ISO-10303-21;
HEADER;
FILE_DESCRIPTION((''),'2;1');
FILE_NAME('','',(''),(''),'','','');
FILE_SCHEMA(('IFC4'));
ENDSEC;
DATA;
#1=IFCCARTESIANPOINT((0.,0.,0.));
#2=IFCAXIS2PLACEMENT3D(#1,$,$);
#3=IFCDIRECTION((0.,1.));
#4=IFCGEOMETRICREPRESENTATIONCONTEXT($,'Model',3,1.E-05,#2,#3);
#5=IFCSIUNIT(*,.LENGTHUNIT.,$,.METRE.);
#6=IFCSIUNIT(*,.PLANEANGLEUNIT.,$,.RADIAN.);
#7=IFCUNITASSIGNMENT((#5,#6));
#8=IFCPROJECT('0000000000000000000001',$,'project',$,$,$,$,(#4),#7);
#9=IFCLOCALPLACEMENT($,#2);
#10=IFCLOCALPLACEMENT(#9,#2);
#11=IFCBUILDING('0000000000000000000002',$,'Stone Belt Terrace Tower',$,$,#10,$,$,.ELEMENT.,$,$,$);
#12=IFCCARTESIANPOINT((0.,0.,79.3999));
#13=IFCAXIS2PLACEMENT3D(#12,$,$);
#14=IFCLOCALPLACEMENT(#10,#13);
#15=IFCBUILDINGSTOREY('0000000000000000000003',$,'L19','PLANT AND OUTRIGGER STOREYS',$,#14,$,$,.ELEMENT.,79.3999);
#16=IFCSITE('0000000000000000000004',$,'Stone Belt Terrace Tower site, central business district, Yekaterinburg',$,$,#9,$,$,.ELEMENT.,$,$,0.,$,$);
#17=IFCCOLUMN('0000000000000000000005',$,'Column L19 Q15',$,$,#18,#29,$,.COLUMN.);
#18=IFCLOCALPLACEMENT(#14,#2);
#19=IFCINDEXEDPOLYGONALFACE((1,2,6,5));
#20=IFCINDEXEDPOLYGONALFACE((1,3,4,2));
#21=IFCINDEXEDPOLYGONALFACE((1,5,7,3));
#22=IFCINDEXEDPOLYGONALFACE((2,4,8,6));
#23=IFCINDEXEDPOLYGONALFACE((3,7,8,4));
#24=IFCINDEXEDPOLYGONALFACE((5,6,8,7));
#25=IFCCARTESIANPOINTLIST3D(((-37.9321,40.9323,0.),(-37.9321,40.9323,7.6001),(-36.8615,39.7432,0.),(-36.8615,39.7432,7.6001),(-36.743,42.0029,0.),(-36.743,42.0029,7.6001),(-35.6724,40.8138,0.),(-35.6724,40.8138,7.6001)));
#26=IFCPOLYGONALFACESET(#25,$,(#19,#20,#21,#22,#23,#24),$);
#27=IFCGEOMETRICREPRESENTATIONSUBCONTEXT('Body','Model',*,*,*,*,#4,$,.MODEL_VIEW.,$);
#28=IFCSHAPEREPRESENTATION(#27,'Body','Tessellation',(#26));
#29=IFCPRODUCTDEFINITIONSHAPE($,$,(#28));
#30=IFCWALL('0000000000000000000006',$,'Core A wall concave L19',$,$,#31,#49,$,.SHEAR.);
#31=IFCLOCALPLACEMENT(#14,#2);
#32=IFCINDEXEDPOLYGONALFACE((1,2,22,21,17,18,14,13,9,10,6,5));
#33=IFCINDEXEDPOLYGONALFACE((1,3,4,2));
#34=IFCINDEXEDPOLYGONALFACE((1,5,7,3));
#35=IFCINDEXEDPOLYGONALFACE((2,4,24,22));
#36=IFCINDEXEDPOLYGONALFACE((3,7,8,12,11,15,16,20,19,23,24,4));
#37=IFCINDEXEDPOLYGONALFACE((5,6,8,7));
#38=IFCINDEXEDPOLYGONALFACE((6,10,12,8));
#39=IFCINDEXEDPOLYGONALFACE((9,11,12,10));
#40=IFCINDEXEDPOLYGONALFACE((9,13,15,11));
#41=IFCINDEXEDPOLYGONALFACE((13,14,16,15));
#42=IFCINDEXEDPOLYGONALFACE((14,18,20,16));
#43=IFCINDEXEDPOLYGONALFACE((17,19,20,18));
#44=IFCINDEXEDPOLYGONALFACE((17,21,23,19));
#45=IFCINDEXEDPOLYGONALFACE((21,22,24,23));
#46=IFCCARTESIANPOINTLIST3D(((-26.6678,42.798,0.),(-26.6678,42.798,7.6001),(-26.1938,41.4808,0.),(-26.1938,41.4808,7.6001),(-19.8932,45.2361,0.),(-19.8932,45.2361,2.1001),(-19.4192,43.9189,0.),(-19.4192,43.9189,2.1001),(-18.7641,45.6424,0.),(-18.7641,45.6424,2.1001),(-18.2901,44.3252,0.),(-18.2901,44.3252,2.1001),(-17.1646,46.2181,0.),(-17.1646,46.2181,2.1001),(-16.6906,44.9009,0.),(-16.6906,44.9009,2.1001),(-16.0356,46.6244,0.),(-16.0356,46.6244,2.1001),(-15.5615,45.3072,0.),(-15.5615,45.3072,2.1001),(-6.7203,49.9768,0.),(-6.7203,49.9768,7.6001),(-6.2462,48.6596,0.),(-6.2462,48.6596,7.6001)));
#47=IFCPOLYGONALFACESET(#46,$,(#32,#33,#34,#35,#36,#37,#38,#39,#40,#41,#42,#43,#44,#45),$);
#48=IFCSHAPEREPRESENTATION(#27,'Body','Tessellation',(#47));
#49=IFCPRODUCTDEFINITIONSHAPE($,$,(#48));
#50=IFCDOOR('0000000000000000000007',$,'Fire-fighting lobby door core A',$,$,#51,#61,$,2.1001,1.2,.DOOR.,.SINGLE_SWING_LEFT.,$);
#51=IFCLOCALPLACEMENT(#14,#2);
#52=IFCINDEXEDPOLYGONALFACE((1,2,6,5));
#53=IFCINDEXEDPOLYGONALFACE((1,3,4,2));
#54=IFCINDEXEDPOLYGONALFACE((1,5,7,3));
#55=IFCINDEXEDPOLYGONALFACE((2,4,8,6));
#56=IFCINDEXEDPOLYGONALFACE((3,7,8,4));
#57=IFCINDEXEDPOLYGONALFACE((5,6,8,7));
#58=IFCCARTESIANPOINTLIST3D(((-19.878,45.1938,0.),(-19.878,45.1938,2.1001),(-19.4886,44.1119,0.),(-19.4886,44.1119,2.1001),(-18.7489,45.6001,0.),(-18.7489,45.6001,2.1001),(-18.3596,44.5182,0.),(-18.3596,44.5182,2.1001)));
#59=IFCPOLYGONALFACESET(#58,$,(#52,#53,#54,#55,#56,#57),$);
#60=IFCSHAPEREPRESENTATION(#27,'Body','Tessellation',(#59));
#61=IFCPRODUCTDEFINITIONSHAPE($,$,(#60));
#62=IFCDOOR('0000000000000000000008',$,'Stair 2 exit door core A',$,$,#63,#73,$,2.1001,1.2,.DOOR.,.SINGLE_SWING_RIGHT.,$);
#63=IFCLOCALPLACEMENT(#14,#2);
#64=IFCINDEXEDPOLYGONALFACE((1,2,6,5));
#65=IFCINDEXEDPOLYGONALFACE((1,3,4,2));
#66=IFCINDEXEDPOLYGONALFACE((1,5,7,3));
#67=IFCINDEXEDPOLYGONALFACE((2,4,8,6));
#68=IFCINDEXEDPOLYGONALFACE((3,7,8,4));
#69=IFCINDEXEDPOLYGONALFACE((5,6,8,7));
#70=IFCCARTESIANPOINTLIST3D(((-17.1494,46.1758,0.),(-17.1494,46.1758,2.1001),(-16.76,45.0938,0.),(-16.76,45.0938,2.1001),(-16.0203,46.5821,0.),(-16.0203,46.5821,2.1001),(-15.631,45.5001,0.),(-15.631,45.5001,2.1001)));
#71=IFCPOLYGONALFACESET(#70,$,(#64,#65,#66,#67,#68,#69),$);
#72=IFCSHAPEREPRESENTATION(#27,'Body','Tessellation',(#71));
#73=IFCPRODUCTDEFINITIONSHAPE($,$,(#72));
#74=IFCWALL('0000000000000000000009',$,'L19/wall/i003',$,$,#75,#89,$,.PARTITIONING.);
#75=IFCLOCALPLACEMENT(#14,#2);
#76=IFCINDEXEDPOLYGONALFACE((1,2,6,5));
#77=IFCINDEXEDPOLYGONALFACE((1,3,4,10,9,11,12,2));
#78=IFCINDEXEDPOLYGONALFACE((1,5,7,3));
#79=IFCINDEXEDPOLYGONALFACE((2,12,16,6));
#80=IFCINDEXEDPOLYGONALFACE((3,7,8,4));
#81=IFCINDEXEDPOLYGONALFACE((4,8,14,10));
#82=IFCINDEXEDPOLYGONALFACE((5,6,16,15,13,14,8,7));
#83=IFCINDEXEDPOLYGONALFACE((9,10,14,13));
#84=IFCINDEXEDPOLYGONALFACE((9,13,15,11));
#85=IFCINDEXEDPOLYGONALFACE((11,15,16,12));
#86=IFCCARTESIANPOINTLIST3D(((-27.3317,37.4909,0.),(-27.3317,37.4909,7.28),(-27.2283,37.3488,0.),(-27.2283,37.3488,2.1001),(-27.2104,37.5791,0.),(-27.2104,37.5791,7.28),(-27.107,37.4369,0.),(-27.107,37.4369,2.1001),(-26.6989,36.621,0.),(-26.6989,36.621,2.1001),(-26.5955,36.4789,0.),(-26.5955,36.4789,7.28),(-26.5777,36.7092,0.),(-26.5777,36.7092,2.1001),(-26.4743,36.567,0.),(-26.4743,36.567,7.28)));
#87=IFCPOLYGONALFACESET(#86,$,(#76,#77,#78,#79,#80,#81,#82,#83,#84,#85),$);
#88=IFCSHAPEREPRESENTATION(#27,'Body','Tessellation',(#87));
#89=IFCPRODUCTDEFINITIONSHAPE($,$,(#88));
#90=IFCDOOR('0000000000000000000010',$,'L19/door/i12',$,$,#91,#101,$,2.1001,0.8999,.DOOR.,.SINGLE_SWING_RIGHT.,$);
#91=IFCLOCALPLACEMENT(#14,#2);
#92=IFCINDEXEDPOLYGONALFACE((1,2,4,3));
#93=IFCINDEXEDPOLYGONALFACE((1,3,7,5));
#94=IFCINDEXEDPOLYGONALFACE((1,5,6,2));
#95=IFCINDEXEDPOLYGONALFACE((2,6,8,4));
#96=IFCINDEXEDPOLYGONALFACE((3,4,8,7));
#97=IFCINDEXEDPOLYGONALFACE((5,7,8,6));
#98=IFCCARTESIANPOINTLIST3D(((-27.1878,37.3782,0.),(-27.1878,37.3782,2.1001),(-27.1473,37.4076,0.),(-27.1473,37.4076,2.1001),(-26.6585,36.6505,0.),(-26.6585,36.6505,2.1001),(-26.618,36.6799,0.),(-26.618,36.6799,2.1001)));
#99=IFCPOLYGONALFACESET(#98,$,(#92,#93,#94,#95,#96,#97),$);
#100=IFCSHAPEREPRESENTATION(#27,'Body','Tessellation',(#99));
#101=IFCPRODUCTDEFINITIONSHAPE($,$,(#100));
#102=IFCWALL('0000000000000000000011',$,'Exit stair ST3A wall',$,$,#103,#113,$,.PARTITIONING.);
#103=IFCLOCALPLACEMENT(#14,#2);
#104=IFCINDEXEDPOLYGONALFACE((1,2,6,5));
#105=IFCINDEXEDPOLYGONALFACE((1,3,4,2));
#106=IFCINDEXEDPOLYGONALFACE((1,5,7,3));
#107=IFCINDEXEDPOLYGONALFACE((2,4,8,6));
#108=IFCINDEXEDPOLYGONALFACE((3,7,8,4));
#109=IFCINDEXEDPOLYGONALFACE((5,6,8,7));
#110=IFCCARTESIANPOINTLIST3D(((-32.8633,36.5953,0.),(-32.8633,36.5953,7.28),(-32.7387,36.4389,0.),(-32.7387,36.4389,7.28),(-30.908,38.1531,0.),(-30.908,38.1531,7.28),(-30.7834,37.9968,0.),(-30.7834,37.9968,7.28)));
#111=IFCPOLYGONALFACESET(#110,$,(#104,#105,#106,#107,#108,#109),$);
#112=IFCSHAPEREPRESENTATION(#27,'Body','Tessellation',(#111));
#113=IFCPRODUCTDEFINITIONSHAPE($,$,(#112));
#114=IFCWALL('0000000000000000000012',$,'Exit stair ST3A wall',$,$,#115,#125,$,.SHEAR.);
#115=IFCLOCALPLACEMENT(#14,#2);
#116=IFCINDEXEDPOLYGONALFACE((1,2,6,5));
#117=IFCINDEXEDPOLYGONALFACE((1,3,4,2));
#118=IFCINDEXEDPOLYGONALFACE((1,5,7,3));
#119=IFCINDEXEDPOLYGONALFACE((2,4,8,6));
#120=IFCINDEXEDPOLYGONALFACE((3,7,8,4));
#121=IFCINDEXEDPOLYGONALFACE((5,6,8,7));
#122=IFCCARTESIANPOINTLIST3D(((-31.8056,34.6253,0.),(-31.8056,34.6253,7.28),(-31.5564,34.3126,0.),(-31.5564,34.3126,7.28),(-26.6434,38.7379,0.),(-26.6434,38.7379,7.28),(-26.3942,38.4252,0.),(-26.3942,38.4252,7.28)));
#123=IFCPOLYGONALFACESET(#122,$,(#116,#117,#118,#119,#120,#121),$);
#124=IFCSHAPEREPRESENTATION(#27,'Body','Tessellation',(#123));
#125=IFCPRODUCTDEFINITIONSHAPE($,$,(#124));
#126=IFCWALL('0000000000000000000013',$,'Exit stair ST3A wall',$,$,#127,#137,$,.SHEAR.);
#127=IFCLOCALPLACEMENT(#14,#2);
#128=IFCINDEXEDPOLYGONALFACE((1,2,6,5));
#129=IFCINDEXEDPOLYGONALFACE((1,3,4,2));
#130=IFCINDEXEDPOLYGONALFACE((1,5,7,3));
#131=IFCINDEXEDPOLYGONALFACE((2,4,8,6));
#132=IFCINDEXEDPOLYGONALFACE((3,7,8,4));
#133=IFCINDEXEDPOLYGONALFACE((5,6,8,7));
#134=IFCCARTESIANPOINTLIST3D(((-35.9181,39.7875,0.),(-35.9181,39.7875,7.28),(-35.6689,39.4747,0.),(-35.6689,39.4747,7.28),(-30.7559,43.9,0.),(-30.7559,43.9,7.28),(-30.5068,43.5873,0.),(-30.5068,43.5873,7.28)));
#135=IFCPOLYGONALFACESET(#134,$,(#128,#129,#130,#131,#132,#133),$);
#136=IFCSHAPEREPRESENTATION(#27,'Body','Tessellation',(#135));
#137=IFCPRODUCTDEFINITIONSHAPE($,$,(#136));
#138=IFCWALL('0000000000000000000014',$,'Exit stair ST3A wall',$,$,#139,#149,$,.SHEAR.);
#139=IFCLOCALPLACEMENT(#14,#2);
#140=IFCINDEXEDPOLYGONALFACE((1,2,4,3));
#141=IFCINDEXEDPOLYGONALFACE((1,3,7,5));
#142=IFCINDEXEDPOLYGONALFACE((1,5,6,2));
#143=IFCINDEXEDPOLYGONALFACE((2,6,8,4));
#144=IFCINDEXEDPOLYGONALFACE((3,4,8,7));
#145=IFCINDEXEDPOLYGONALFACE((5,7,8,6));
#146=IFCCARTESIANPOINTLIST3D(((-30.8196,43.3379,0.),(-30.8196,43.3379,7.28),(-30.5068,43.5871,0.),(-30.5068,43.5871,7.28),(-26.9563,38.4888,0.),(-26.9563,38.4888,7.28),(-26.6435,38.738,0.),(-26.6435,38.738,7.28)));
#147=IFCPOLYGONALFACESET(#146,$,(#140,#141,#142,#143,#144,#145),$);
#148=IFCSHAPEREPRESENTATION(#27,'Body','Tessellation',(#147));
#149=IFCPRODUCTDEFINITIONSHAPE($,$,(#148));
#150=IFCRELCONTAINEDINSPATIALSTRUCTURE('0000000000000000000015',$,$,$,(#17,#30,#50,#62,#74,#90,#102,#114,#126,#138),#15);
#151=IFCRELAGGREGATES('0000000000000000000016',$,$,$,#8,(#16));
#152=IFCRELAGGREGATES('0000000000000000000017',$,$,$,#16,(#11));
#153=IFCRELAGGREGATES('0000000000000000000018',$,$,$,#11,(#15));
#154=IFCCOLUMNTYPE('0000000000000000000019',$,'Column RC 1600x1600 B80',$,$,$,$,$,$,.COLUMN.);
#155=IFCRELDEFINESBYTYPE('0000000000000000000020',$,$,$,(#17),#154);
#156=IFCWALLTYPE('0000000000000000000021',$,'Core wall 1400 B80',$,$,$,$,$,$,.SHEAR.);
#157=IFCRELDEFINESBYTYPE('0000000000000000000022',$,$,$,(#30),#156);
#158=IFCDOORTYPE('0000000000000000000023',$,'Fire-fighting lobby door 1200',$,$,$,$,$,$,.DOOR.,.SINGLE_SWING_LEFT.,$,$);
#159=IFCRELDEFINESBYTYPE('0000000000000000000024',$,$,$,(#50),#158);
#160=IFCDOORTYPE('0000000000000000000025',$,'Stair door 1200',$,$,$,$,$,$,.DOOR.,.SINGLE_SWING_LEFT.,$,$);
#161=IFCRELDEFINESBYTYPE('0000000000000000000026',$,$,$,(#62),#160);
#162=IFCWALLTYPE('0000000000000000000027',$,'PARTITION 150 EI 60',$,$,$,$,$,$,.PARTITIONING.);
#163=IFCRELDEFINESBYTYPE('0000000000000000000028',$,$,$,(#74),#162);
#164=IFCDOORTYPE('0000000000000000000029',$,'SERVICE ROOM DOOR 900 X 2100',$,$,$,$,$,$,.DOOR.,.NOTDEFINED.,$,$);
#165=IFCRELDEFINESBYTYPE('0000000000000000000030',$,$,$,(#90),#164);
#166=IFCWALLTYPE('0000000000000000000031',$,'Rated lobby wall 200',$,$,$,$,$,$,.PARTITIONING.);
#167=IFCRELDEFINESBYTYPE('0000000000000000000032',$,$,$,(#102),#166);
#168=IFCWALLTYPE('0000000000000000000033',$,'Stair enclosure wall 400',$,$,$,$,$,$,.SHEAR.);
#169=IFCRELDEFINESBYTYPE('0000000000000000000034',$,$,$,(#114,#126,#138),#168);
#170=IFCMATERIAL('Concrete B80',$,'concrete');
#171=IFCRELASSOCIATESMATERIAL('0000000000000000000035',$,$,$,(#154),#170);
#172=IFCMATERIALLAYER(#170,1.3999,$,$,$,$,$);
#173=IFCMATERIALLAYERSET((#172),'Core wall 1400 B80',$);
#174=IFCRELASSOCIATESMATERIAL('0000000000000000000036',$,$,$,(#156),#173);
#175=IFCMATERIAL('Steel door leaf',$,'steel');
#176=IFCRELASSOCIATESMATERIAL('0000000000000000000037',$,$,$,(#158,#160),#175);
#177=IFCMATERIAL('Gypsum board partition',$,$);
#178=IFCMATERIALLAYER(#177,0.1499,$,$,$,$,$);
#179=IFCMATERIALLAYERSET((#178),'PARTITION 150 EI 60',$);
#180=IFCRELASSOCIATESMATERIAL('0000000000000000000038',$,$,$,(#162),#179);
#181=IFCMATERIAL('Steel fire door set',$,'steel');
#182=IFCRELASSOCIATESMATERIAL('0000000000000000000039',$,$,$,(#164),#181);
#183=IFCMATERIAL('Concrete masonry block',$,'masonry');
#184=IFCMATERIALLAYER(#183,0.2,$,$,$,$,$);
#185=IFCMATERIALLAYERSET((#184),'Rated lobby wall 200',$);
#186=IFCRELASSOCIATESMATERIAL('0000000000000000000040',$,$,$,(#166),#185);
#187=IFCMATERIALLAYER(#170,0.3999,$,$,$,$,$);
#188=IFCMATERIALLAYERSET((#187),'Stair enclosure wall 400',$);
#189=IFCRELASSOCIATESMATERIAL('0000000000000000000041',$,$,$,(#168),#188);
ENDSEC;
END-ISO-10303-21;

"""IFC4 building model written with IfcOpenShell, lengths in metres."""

from ifc_helpers import new_model, si_unit, direction, frame, frame_2d, origin, origin_2d, place, context, subcontext, project, spatial, rectangle, extrude, material, layer, layer_set, material_profile, profile_set, type_object, element, fill, save


model = new_model("IFC4")

# Units and contexts
model_context = context("Model", 3, precision=1e-05, world=origin(), true_north=direction((0.0, 1.0)))
body_context = subcontext(model_context, "Body", "Model", "MODEL_VIEW")
ifc_project = project(units=[si_unit("LENGTHUNIT", "METRE"), si_unit("PLANEANGLEUNIT", "RADIAN")], contexts=[model_context])

# Site, building, storey
site_placement = place(None, origin())
site = spatial("IfcSite", under=ifc_project, at=site_placement, Name="Stone Belt Terrace Tower site, central business district, Yekaterinburg", CompositionType="ELEMENT", RefElevation=0.0)
building_placement = place(site_placement, origin())
building = spatial("IfcBuilding", under=site, at=building_placement, Name="Stone Belt Terrace Tower", CompositionType="ELEMENT")
storey_placement = place(building_placement, frame((0.0, 0.0, 79.3999)))
storey = spatial("IfcBuildingStorey", under=building, at=storey_placement, Name="L19", Description="PLANT AND OUTRIGGER STOREYS", CompositionType="ELEMENT", Elevation=79.3999)

# Column
ifc_material_1 = material(Name="Concrete B80", Category="concrete")
ifc_material_profile = material_profile(ifc_material_1, rectangle(XDim=1.6001, YDim=1.6001, at=origin_2d()), Name="RC 1600x1600")
ifc_profile_set = profile_set([ifc_material_profile], Name="Concrete B80")
column_type = type_object("IfcColumnType", Name="Column RC 1600x1600 B80", PredefinedType="COLUMN", material=ifc_profile_set)
column_placement = place(storey_placement, frame((-36.8022, 40.873, 0.0), z_axis=(0.0, 0.0, 1.0), x_axis=(0.743145, 0.669131, 0.0)))
element("IfcColumn", 1, at=column_placement, inside=storey, type_object=column_type, Name="Column L19 Q15", PredefinedType="COLUMN", context=body_context, shape_type="SweptSolid", body=[
    extrude(rectangle(XDim=1.6001, YDim=1.6001, at=origin_2d()), origin(), (0.0, 0.0, 1.0), 7.6001),
])

# Wall, openings, doors
ifc_layer_1 = layer(ifc_material_1, 1.3999)
ifc_layer_set_1 = layer_set([ifc_layer_1], Name="Core wall 1400 B80")
wall_type_1 = type_object("IfcWallType", Name="Core wall 1400 B80", PredefinedType="SHEAR", material=ifc_layer_set_1)
wall_1_placement = place(storey_placement, frame((-26.4309, 42.1394, 0.0), z_axis=(0.0, 0.0, 1.0), x_axis=(0.940923, 0.33862, 0.0)))
wall_1 = element("IfcWall", 2, at=wall_1_placement, inside=storey, type_object=wall_type_1, Name="Core A wall concave L19", PredefinedType="SHEAR", context=body_context, shape_type="SweptSolid", body=[
    extrude(rectangle(XDim=21.2, YDim=1.3999, at=frame_2d((10.6001, 0.0))), origin(), (0.0, 0.0, 1.0), 7.6001),
])
opening_1_placement = place(wall_1_placement, frame((7.2, 0.0, 0.0)))
opening_1 = element("IfcOpeningElement", 3, at=opening_1_placement, cuts=wall_1, PredefinedType="OPENING", context=body_context, shape_type="SweptSolid", body=[
    extrude(rectangle(XDim=1.2, YDim=2.1001, at=frame_2d((0.6001, 1.05))), frame((0.0, 0.71, 0.0), z_axis=(0.0, -1.0, 0.0), x_axis=(1.0, 0.0, 0.0)), (0.0, 0.0, 1.0), 1.4199),
])
opening_2_placement = place(wall_1_placement, frame((10.0999, 0.0, 0.0)))
opening_2 = element("IfcOpeningElement", 4, at=opening_2_placement, cuts=wall_1, PredefinedType="OPENING", context=body_context, shape_type="SweptSolid", body=[
    extrude(rectangle(XDim=1.2, YDim=2.1001, at=frame_2d((0.6001, 1.05))), frame((0.0, 0.71, 0.0), z_axis=(0.0, -1.0, 0.0), x_axis=(1.0, 0.0, 0.0)), (0.0, 0.0, 1.0), 1.4199),
])
ifc_material_2 = material(Name="Steel door leaf", Category="steel")
door_type_1 = type_object("IfcDoorType", Name="Fire-fighting lobby door 1200", OperationType="SINGLE_SWING_LEFT", PredefinedType="DOOR", material=ifc_material_2)
door_1_placement = place(opening_1_placement, origin())
door_1 = element("IfcDoor", 5, at=door_1_placement, inside=storey, type_object=door_type_1, Name="Fire-fighting lobby door core A", OperationType="SINGLE_SWING_LEFT", OverallHeight=2.1001, OverallWidth=1.2, PredefinedType="DOOR", context=body_context, shape_type="SweptSolid", body=[
    extrude(rectangle(XDim=1.2, YDim=2.1001, at=frame_2d((0.6001, 1.05))), frame((0.0, 0.655, 0.0), z_axis=(0.0, -1.0, 0.0), x_axis=(1.0, 0.0, 0.0)), (0.0, 0.0, 1.0), 1.1499),
])
fill(opening_1, door_1)
door_type_2 = type_object("IfcDoorType", Name="Stair door 1200", OperationType="SINGLE_SWING_LEFT", PredefinedType="DOOR", material=ifc_material_2)
door_2_placement = place(opening_2_placement, origin())
door_2 = element("IfcDoor", 6, at=door_2_placement, inside=storey, type_object=door_type_2, Name="Stair 2 exit door core A", OperationType="SINGLE_SWING_RIGHT", OverallHeight=2.1001, OverallWidth=1.2, PredefinedType="DOOR", context=body_context, shape_type="SweptSolid", body=[
    extrude(rectangle(XDim=1.2, YDim=2.1001, at=frame_2d((0.6001, 1.05))), frame((0.0, 0.655, 0.0), z_axis=(0.0, -1.0, 0.0), x_axis=(1.0, 0.0, 0.0)), (0.0, 0.0, 1.0), 1.1499),
])
fill(opening_2, door_2)

# Wall, opening, door
ifc_material_3 = material(Name="Gypsum board partition")
ifc_layer_2 = layer(ifc_material_3, 0.1499)
ifc_layer_set_2 = layer_set([ifc_layer_2], Name="PARTITION 150 EI 60")
wall_type_2 = type_object("IfcWallType", Name="PARTITION 150 EI 60", PredefinedType="PARTITIONING", material=ifc_layer_set_2)
wall_2_placement = place(storey_placement, frame((-26.5349, 36.5229, 0.0), z_axis=(0.0, 0.0, 1.0), x_axis=(-0.58823, 0.808694, 0.0)))
wall_2 = element("IfcWall", 7, at=wall_2_placement, inside=storey, type_object=wall_type_2, Name="L19/wall/i003", PredefinedType="PARTITIONING", context=body_context, shape_type="SweptSolid", body=[
    extrude(rectangle(XDim=1.2515, YDim=0.1499, at=frame_2d((0.6257, 0.0))), origin(), (0.0, 0.0, 1.0), 7.28),
])
opening_3_placement = place(wall_2_placement, frame((0.1758, 0.0, 0.0)))
opening_3 = element("IfcOpeningElement", 8, at=opening_3_placement, cuts=wall_2, PredefinedType="OPENING", context=body_context, shape_type="SweptSolid", body=[
    extrude(rectangle(XDim=0.8999, YDim=2.1001, at=frame_2d((0.45, 1.05))), frame((0.0, 0.085, 0.0), z_axis=(0.0, -1.0, 0.0), x_axis=(1.0, 0.0, 0.0)), (0.0, 0.0, 1.0), 0.1699),
])
ifc_material_4 = material(Name="Steel fire door set", Category="steel")
door_type_3 = type_object("IfcDoorType", Name="SERVICE ROOM DOOR 900 X 2100", OperationType="NOTDEFINED", PredefinedType="DOOR", material=ifc_material_4)
door_3_placement = place(opening_3_placement, origin())
door_3 = element("IfcDoor", 9, at=door_3_placement, inside=storey, type_object=door_type_3, Name="L19/door/i12", OperationType="SINGLE_SWING_RIGHT", OverallHeight=2.1001, OverallWidth=0.8999, PredefinedType="DOOR", context=body_context, shape_type="SweptSolid", body=[
    extrude(rectangle(XDim=0.8999, YDim=2.1001, at=frame_2d((0.45, 1.05))), frame((0.0, 0.0249, 0.0), z_axis=(0.0, -1.0, 0.0), x_axis=(1.0, 0.0, 0.0)), (0.0, 0.0, 1.0), 0.05),
])
fill(opening_3, door_3)

# Walls
ifc_material_5 = material(Name="Concrete masonry block", Category="masonry")
ifc_layer_3 = layer(ifc_material_5, 0.2)
ifc_layer_set_3 = layer_set([ifc_layer_3], Name="Rated lobby wall 200")
wall_type_3 = type_object("IfcWallType", Name="Rated lobby wall 200", PredefinedType="PARTITIONING", material=ifc_layer_set_3)
wall_3_placement = place(storey_placement, frame((-30.8457, 38.075, 0.0), z_axis=(0.0, 0.0, 1.0), x_axis=(-0.782115, -0.623134, 0.0)))
element("IfcWall", 10, at=wall_3_placement, inside=storey, type_object=wall_type_3, Name="Exit stair ST3A wall", PredefinedType="PARTITIONING", context=body_context, shape_type="SweptSolid", body=[
    extrude(rectangle(XDim=2.5, YDim=0.2, at=frame_2d((1.25, 0.0))), origin(), (0.0, 0.0, 1.0), 7.28),
])
ifc_layer_4 = layer(ifc_material_1, 0.3999)
ifc_layer_set_4 = layer_set([ifc_layer_4], Name="Stair enclosure wall 400")
wall_type_4 = type_object("IfcWallType", Name="Stair enclosure wall 400", PredefinedType="SHEAR", material=ifc_layer_set_4)
for number, where, z_axis, x_axis, name in (
    (11, (-26.5188, 38.5815, 0.0), (0.0, 0.0, 1.0), (-0.782134, -0.62311, 0.0), "Exit stair ST3A wall"),
    (12, (-30.6313, 43.7437, 0.0), (0.0, 0.0, 1.0), (-0.782134, -0.62311, 0.0), "Exit stair ST3A wall"),
):
    element("IfcWall", number, at=place(storey_placement, frame(where, z_axis=z_axis, x_axis=x_axis)), inside=storey, type_object=wall_type_4, Name=name, PredefinedType="SHEAR", context=body_context, shape_type="SweptSolid", body=[
        extrude(rectangle(XDim=6.6001, YDim=0.3999, at=frame_2d((3.3, 0.0))), origin(), (0.0, 0.0, 1.0), 7.28),
    ])
wall_4_placement = place(storey_placement, frame((-26.7998, 38.6133, 0.0), z_axis=(0.0, 0.0, 1.0), x_axis=(-0.623119, 0.782127, 0.0)))
element("IfcWall", 13, at=wall_4_placement, inside=storey, type_object=wall_type_4, Name="Exit stair ST3A wall", PredefinedType="SHEAR", context=body_context, shape_type="SweptSolid", body=[
    extrude(rectangle(XDim=6.2, YDim=0.3999, at=frame_2d((3.1001, 0.0))), origin(), (0.0, 0.0, 1.0), 7.28),
])

save(model, "model.ifc")
